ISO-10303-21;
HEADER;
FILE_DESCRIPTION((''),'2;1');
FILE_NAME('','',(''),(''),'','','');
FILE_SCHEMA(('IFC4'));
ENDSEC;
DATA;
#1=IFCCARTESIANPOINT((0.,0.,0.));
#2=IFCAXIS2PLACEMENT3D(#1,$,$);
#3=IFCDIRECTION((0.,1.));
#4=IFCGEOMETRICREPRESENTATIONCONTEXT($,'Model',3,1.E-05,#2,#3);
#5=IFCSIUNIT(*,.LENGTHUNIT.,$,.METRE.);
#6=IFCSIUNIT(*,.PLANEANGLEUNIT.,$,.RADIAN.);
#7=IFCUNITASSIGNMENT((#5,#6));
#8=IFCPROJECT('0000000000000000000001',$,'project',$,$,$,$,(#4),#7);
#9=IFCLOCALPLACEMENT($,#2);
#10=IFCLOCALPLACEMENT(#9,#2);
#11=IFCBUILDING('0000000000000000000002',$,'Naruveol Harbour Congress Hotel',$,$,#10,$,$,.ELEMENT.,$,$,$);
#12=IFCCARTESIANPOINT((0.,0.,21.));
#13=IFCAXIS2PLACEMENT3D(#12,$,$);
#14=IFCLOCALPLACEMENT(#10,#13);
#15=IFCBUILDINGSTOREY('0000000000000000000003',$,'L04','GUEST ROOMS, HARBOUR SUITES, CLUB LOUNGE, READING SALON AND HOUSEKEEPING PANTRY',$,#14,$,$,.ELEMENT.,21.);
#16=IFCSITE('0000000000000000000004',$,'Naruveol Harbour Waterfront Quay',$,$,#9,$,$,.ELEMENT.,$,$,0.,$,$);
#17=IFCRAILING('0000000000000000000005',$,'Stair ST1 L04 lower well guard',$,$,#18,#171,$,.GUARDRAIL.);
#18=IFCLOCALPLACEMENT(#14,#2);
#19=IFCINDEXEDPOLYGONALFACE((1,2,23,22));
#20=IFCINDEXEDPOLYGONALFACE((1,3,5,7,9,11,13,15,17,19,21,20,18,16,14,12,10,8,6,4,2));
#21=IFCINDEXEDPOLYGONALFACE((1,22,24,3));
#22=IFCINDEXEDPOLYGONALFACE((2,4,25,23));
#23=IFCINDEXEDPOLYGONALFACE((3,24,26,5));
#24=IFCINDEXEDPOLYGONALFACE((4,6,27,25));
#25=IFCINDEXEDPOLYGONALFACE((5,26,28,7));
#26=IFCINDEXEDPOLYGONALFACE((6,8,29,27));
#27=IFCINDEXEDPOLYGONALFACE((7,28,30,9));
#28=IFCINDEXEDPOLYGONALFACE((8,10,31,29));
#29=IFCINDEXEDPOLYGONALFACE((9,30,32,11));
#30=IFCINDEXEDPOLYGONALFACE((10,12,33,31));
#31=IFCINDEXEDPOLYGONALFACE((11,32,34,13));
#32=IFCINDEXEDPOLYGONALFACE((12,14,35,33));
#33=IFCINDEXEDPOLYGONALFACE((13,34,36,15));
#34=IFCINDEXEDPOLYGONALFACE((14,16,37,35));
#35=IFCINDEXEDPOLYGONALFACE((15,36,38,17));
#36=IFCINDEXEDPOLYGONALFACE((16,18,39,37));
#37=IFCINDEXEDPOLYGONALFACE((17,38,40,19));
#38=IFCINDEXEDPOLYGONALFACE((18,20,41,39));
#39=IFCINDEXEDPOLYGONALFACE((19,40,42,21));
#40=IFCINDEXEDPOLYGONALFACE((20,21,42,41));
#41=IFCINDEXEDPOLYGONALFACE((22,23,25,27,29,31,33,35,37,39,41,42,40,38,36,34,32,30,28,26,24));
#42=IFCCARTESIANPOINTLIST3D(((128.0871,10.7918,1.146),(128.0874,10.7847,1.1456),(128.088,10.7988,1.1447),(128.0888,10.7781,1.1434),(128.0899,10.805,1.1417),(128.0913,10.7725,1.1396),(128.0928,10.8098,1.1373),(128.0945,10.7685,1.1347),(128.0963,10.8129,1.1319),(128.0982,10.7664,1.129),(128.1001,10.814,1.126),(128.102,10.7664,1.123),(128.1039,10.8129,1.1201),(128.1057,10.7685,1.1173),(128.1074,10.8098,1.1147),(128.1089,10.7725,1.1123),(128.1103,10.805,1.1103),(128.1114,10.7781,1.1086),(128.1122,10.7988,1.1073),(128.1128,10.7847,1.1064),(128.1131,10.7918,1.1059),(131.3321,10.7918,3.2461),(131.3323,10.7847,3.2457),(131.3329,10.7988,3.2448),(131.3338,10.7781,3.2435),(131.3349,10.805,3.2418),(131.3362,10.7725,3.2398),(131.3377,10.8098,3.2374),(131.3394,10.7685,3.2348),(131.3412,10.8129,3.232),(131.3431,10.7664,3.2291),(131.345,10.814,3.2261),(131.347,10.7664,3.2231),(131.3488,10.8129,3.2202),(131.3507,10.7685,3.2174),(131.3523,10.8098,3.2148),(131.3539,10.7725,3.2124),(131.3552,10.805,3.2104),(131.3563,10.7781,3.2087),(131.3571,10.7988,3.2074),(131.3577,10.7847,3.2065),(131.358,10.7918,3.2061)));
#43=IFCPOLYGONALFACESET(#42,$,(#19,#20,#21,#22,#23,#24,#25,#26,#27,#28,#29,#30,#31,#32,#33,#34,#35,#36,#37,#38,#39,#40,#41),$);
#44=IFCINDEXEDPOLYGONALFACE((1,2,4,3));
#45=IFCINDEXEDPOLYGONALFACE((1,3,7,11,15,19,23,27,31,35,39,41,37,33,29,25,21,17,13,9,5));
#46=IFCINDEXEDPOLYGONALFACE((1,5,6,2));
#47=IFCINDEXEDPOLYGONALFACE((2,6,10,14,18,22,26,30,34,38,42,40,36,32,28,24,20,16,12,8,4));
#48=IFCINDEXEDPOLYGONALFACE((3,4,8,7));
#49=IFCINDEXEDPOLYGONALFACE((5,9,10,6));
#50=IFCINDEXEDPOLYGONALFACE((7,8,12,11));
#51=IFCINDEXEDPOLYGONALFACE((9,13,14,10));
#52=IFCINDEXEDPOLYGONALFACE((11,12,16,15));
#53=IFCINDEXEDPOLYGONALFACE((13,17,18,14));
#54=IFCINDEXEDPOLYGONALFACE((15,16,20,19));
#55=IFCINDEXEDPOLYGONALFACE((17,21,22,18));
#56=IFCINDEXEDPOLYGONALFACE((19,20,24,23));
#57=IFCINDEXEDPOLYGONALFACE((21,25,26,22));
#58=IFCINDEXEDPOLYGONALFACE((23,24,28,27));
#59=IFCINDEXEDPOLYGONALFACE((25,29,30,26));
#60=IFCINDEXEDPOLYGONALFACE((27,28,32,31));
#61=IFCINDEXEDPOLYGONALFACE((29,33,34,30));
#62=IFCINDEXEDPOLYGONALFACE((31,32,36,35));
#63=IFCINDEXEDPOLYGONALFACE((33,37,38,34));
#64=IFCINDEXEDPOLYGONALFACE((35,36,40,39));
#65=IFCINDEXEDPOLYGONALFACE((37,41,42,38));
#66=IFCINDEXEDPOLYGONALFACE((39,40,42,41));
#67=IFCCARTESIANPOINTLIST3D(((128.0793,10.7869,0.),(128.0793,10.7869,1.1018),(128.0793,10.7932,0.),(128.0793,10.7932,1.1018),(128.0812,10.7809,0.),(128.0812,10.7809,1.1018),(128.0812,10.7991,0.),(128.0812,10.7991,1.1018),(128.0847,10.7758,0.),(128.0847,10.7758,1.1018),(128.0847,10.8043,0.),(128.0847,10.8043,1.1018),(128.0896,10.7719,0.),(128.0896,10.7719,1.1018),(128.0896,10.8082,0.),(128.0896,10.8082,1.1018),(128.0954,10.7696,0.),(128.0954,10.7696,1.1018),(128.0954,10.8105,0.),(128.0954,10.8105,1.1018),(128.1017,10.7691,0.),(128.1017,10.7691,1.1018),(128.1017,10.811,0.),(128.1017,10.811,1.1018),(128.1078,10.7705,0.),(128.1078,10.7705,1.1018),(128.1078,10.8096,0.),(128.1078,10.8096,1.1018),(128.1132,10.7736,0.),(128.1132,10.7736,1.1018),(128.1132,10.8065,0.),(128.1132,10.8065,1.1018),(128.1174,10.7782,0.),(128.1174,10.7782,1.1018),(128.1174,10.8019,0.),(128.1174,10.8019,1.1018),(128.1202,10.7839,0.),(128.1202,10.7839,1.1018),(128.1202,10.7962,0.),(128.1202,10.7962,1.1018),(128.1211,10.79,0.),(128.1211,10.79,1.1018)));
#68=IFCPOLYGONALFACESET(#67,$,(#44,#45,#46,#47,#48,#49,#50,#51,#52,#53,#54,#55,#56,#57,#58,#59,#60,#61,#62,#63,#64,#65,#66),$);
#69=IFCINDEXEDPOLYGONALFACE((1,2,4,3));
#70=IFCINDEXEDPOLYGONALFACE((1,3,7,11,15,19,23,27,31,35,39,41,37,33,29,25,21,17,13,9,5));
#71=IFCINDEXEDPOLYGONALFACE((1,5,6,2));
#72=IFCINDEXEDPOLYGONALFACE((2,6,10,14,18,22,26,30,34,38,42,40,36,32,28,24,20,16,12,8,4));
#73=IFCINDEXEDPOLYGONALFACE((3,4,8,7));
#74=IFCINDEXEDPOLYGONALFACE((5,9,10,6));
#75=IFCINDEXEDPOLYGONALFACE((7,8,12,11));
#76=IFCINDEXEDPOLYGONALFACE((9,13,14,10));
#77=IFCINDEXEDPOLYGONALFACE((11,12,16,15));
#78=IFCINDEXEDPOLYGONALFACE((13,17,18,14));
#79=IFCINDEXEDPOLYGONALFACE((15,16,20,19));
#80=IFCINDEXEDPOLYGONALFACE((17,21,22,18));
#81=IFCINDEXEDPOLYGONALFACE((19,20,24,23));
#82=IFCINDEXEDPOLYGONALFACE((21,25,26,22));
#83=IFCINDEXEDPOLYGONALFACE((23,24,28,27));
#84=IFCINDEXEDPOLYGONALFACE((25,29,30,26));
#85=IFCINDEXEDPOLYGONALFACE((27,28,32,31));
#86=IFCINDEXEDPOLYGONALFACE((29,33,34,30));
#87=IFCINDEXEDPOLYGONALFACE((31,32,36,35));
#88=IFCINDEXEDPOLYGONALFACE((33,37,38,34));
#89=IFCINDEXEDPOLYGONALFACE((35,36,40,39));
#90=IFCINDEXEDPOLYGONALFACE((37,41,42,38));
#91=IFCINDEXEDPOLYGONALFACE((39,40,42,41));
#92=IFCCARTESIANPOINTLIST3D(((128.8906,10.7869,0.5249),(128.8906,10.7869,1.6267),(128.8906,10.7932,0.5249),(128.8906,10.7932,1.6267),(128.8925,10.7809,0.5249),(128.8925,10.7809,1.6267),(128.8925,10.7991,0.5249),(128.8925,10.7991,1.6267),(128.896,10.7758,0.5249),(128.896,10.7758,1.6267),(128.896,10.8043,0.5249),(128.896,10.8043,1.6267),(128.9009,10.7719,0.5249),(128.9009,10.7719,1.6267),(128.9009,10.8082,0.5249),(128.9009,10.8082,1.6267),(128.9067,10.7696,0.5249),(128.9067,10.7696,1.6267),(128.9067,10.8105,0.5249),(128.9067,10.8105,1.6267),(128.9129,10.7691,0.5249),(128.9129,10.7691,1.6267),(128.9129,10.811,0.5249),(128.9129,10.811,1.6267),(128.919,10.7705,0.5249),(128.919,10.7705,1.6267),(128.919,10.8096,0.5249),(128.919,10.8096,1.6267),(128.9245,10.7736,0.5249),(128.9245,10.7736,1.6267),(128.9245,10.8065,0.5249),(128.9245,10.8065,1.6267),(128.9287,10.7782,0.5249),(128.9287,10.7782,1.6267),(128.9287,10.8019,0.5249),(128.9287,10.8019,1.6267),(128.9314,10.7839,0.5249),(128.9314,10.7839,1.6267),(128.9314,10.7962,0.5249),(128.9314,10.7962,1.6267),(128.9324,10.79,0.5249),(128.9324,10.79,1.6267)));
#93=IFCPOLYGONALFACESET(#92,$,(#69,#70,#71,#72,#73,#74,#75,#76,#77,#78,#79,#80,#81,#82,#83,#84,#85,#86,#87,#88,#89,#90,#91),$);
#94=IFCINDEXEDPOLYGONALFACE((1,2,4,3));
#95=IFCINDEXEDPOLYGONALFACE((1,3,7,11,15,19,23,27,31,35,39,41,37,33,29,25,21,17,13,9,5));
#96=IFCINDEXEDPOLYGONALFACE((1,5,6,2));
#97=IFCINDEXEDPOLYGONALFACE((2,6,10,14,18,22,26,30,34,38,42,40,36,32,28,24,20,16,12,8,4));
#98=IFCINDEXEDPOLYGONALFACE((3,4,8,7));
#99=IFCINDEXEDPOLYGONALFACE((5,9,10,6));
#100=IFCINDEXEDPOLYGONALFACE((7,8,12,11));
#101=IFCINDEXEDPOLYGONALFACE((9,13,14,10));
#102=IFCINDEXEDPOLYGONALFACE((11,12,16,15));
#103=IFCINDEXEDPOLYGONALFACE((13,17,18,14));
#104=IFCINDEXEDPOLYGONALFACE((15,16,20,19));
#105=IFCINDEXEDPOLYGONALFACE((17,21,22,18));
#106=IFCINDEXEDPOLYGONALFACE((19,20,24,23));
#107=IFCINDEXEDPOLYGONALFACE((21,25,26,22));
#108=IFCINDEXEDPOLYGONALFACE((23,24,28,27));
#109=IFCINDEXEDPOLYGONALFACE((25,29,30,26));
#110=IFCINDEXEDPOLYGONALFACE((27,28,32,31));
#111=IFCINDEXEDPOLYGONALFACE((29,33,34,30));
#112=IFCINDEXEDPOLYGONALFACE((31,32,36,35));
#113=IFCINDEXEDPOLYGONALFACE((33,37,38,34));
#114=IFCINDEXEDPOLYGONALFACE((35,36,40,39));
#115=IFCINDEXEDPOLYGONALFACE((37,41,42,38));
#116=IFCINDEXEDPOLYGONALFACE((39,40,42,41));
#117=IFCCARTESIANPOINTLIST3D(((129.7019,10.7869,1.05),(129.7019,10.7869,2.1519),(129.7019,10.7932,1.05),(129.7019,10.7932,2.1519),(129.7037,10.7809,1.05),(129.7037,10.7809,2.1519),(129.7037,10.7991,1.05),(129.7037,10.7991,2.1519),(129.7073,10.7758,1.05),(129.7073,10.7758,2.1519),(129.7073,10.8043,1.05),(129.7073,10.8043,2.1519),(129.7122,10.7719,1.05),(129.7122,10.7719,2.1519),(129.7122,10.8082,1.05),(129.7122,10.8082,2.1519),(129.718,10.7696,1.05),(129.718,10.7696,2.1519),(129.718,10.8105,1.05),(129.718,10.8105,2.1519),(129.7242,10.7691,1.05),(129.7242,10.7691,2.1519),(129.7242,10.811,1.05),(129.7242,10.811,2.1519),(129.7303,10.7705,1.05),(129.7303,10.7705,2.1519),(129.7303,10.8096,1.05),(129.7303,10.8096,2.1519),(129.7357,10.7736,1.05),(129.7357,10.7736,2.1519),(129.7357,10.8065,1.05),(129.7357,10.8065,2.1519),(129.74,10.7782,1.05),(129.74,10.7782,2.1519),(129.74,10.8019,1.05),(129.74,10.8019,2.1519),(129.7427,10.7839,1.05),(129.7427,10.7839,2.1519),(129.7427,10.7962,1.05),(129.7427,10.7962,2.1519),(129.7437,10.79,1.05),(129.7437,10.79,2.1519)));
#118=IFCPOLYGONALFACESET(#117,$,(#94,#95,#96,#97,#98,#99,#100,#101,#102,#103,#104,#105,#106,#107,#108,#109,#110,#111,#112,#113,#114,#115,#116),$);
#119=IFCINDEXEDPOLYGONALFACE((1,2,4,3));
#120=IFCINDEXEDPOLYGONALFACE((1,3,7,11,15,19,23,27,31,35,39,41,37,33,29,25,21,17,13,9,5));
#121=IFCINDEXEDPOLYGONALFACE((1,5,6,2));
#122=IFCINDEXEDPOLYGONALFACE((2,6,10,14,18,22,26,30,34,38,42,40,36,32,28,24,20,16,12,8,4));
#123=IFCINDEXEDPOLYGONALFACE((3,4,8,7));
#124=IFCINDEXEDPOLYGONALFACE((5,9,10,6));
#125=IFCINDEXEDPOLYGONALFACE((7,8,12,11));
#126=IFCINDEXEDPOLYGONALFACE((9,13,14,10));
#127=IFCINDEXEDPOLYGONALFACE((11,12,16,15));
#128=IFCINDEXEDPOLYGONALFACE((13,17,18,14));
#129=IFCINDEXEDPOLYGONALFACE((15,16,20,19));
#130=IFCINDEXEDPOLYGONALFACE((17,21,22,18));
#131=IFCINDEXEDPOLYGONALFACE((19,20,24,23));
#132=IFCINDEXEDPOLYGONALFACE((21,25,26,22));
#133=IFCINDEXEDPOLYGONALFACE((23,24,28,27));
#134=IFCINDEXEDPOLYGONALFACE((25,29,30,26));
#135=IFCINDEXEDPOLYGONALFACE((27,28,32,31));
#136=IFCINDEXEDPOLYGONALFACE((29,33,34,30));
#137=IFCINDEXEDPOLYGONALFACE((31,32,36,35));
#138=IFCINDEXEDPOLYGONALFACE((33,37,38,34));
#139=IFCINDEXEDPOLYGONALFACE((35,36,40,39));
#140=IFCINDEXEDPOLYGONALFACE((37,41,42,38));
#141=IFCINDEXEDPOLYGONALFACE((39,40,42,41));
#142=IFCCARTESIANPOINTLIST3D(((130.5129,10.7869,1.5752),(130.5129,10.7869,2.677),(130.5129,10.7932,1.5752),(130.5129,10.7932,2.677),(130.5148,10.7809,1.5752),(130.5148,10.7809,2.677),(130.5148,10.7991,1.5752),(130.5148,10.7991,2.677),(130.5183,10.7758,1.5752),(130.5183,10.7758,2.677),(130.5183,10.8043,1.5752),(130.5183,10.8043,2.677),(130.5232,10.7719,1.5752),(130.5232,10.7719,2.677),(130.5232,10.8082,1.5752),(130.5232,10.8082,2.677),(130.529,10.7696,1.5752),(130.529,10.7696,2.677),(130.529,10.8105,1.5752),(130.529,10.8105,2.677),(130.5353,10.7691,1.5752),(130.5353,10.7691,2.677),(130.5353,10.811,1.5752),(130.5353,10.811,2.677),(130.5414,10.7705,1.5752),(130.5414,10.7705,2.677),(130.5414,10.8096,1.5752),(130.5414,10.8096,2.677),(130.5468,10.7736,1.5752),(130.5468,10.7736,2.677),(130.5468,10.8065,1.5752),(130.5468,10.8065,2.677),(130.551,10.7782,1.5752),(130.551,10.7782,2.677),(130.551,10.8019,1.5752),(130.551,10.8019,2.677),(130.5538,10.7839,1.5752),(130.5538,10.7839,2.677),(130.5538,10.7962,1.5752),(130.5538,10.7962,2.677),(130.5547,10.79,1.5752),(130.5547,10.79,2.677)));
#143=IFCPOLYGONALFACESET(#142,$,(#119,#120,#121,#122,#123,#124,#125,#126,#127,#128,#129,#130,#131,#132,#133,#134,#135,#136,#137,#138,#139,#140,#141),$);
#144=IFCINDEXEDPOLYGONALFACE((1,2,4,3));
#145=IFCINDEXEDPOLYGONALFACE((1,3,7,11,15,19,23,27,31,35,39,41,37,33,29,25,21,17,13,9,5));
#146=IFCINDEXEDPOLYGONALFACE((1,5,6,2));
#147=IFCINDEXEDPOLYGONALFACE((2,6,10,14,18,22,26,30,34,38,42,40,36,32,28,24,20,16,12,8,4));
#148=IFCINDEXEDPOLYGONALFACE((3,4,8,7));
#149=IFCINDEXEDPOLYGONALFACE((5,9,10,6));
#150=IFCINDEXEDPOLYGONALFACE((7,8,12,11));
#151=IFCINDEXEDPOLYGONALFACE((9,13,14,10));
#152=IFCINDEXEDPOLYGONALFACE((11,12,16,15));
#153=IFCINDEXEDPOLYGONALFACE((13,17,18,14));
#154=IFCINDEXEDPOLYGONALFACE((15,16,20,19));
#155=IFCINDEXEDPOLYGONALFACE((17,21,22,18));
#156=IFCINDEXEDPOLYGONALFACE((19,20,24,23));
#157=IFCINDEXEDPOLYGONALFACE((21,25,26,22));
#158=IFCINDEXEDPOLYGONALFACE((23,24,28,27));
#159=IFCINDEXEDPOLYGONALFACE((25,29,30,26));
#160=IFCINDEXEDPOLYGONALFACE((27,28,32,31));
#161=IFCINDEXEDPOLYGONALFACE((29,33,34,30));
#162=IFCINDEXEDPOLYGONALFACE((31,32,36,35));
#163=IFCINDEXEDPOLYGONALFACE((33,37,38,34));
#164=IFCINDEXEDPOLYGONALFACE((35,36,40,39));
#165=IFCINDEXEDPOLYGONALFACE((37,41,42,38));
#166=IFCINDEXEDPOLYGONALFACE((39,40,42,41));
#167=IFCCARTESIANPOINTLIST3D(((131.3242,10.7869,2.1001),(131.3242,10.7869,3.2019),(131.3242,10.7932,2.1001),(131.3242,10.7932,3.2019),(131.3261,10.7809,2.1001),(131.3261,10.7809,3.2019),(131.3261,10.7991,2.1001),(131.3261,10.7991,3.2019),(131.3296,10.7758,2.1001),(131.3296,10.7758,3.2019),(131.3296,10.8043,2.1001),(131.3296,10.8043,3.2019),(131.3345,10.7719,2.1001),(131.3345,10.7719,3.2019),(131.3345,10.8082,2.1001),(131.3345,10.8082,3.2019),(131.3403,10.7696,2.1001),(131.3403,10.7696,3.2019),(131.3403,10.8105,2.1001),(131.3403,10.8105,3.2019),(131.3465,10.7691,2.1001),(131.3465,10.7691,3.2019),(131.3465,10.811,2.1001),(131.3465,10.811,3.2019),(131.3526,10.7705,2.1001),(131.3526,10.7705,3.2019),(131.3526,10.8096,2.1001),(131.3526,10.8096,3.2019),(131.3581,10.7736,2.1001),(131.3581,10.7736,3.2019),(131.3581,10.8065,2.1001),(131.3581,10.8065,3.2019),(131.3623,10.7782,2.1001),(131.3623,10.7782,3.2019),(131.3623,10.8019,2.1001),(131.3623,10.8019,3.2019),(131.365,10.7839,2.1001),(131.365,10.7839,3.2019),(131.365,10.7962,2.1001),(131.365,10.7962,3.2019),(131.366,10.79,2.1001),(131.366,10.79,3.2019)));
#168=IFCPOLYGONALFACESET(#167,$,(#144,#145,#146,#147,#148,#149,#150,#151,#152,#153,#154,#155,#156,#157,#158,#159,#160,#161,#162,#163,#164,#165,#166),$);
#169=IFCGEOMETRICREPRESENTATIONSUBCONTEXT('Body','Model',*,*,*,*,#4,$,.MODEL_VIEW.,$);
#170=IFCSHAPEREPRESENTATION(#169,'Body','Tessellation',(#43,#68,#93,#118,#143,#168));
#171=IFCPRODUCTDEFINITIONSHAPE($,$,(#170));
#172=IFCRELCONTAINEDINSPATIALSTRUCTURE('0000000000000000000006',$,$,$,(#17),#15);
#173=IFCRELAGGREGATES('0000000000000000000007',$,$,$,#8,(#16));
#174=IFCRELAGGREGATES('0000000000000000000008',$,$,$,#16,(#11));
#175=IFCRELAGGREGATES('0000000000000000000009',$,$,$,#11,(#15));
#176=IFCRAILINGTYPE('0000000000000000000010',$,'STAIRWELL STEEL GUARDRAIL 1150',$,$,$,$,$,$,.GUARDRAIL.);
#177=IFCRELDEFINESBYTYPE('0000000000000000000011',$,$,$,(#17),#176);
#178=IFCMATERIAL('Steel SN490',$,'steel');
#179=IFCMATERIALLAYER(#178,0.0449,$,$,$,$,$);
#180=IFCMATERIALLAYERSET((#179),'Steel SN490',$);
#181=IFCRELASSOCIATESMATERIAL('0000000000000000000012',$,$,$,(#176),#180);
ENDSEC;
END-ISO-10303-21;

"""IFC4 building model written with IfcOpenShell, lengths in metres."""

from ifc_helpers import new_model, si_unit, direction, frame, origin, origin_2d, place, context, subcontext, project, spatial, circle, extrude, material, layer, layer_set, type_object, element, save


model = new_model("IFC4")

# Units and contexts
model_context = context("Model", 3, precision=1e-05, world=origin(), true_north=direction((0.0, 1.0)))
body_context = subcontext(model_context, "Body", "Model", "MODEL_VIEW")
ifc_project = project(units=[si_unit("LENGTHUNIT", "METRE"), si_unit("PLANEANGLEUNIT", "RADIAN")], contexts=[model_context])

# Site, building, storey
site_placement = place(None, origin())
site = spatial("IfcSite", under=ifc_project, at=site_placement, Name="Naruveol Harbour Waterfront Quay", CompositionType="ELEMENT", RefElevation=0.0)
building_placement = place(site_placement, origin())
building = spatial("IfcBuilding", under=site, at=building_placement, Name="Naruveol Harbour Congress Hotel", CompositionType="ELEMENT")
storey_placement = place(building_placement, frame((0.0, 0.0, 21.0)))
storey = spatial("IfcBuildingStorey", under=building, at=storey_placement, Name="L04", Description="GUEST ROOMS, HARBOUR SUITES, CLUB LOUNGE, READING SALON AND HOUSEKEEPING PANTRY", CompositionType="ELEMENT", Elevation=21.0)

# Railing
ifc_material_1 = material(Name="Steel SN490", Category="steel")
ifc_layer_1 = layer(ifc_material_1, 0.0449)
ifc_layer_set_1 = layer_set([ifc_layer_1], Name="Steel SN490")
railing_type_1 = type_object("IfcRailingType", Name="STAIRWELL STEEL GUARDRAIL 1150", PredefinedType="GUARDRAIL", material=ifc_layer_set_1)
railing_1_placement = place(storey_placement, frame((128.1001, 10.79, 0.0)))
element("IfcRailing", 1, at=railing_1_placement, inside=storey, type_object=railing_type_1, Name="Stair ST1 L04 lower well guard", PredefinedType="GUARDRAIL", context=body_context, shape_type="SweptSolid", body=[
    extrude(circle(Radius=0.0239, at=origin_2d()), frame((0.0, 0.0, 1.126), z_axis=(0.839514, 0.0, 0.543338), x_axis=(0.0, 1.0, 0.0)), (0.0, 0.0, 1.0), 3.8652),
    extrude(circle(Radius=0.021, at=origin_2d()), origin(), (0.0, 0.0, 1.0), 1.1018),
    extrude(circle(Radius=0.021, at=origin_2d()), frame((0.8113, 0.0, 0.5249)), (0.0, 0.0, 1.0), 1.1018),
    extrude(circle(Radius=0.021, at=origin_2d()), frame((1.6226, 0.0, 1.05)), (0.0, 0.0, 1.0), 1.1018),
    extrude(circle(Radius=0.021, at=origin_2d()), frame((2.4336, 0.0, 1.5752)), (0.0, 0.0, 1.0), 1.1018),
    extrude(circle(Radius=0.021, at=origin_2d()), frame((3.2449, 0.0, 2.1001)), (0.0, 0.0, 1.0), 1.1018),
])

save(model, "model.ifc")
